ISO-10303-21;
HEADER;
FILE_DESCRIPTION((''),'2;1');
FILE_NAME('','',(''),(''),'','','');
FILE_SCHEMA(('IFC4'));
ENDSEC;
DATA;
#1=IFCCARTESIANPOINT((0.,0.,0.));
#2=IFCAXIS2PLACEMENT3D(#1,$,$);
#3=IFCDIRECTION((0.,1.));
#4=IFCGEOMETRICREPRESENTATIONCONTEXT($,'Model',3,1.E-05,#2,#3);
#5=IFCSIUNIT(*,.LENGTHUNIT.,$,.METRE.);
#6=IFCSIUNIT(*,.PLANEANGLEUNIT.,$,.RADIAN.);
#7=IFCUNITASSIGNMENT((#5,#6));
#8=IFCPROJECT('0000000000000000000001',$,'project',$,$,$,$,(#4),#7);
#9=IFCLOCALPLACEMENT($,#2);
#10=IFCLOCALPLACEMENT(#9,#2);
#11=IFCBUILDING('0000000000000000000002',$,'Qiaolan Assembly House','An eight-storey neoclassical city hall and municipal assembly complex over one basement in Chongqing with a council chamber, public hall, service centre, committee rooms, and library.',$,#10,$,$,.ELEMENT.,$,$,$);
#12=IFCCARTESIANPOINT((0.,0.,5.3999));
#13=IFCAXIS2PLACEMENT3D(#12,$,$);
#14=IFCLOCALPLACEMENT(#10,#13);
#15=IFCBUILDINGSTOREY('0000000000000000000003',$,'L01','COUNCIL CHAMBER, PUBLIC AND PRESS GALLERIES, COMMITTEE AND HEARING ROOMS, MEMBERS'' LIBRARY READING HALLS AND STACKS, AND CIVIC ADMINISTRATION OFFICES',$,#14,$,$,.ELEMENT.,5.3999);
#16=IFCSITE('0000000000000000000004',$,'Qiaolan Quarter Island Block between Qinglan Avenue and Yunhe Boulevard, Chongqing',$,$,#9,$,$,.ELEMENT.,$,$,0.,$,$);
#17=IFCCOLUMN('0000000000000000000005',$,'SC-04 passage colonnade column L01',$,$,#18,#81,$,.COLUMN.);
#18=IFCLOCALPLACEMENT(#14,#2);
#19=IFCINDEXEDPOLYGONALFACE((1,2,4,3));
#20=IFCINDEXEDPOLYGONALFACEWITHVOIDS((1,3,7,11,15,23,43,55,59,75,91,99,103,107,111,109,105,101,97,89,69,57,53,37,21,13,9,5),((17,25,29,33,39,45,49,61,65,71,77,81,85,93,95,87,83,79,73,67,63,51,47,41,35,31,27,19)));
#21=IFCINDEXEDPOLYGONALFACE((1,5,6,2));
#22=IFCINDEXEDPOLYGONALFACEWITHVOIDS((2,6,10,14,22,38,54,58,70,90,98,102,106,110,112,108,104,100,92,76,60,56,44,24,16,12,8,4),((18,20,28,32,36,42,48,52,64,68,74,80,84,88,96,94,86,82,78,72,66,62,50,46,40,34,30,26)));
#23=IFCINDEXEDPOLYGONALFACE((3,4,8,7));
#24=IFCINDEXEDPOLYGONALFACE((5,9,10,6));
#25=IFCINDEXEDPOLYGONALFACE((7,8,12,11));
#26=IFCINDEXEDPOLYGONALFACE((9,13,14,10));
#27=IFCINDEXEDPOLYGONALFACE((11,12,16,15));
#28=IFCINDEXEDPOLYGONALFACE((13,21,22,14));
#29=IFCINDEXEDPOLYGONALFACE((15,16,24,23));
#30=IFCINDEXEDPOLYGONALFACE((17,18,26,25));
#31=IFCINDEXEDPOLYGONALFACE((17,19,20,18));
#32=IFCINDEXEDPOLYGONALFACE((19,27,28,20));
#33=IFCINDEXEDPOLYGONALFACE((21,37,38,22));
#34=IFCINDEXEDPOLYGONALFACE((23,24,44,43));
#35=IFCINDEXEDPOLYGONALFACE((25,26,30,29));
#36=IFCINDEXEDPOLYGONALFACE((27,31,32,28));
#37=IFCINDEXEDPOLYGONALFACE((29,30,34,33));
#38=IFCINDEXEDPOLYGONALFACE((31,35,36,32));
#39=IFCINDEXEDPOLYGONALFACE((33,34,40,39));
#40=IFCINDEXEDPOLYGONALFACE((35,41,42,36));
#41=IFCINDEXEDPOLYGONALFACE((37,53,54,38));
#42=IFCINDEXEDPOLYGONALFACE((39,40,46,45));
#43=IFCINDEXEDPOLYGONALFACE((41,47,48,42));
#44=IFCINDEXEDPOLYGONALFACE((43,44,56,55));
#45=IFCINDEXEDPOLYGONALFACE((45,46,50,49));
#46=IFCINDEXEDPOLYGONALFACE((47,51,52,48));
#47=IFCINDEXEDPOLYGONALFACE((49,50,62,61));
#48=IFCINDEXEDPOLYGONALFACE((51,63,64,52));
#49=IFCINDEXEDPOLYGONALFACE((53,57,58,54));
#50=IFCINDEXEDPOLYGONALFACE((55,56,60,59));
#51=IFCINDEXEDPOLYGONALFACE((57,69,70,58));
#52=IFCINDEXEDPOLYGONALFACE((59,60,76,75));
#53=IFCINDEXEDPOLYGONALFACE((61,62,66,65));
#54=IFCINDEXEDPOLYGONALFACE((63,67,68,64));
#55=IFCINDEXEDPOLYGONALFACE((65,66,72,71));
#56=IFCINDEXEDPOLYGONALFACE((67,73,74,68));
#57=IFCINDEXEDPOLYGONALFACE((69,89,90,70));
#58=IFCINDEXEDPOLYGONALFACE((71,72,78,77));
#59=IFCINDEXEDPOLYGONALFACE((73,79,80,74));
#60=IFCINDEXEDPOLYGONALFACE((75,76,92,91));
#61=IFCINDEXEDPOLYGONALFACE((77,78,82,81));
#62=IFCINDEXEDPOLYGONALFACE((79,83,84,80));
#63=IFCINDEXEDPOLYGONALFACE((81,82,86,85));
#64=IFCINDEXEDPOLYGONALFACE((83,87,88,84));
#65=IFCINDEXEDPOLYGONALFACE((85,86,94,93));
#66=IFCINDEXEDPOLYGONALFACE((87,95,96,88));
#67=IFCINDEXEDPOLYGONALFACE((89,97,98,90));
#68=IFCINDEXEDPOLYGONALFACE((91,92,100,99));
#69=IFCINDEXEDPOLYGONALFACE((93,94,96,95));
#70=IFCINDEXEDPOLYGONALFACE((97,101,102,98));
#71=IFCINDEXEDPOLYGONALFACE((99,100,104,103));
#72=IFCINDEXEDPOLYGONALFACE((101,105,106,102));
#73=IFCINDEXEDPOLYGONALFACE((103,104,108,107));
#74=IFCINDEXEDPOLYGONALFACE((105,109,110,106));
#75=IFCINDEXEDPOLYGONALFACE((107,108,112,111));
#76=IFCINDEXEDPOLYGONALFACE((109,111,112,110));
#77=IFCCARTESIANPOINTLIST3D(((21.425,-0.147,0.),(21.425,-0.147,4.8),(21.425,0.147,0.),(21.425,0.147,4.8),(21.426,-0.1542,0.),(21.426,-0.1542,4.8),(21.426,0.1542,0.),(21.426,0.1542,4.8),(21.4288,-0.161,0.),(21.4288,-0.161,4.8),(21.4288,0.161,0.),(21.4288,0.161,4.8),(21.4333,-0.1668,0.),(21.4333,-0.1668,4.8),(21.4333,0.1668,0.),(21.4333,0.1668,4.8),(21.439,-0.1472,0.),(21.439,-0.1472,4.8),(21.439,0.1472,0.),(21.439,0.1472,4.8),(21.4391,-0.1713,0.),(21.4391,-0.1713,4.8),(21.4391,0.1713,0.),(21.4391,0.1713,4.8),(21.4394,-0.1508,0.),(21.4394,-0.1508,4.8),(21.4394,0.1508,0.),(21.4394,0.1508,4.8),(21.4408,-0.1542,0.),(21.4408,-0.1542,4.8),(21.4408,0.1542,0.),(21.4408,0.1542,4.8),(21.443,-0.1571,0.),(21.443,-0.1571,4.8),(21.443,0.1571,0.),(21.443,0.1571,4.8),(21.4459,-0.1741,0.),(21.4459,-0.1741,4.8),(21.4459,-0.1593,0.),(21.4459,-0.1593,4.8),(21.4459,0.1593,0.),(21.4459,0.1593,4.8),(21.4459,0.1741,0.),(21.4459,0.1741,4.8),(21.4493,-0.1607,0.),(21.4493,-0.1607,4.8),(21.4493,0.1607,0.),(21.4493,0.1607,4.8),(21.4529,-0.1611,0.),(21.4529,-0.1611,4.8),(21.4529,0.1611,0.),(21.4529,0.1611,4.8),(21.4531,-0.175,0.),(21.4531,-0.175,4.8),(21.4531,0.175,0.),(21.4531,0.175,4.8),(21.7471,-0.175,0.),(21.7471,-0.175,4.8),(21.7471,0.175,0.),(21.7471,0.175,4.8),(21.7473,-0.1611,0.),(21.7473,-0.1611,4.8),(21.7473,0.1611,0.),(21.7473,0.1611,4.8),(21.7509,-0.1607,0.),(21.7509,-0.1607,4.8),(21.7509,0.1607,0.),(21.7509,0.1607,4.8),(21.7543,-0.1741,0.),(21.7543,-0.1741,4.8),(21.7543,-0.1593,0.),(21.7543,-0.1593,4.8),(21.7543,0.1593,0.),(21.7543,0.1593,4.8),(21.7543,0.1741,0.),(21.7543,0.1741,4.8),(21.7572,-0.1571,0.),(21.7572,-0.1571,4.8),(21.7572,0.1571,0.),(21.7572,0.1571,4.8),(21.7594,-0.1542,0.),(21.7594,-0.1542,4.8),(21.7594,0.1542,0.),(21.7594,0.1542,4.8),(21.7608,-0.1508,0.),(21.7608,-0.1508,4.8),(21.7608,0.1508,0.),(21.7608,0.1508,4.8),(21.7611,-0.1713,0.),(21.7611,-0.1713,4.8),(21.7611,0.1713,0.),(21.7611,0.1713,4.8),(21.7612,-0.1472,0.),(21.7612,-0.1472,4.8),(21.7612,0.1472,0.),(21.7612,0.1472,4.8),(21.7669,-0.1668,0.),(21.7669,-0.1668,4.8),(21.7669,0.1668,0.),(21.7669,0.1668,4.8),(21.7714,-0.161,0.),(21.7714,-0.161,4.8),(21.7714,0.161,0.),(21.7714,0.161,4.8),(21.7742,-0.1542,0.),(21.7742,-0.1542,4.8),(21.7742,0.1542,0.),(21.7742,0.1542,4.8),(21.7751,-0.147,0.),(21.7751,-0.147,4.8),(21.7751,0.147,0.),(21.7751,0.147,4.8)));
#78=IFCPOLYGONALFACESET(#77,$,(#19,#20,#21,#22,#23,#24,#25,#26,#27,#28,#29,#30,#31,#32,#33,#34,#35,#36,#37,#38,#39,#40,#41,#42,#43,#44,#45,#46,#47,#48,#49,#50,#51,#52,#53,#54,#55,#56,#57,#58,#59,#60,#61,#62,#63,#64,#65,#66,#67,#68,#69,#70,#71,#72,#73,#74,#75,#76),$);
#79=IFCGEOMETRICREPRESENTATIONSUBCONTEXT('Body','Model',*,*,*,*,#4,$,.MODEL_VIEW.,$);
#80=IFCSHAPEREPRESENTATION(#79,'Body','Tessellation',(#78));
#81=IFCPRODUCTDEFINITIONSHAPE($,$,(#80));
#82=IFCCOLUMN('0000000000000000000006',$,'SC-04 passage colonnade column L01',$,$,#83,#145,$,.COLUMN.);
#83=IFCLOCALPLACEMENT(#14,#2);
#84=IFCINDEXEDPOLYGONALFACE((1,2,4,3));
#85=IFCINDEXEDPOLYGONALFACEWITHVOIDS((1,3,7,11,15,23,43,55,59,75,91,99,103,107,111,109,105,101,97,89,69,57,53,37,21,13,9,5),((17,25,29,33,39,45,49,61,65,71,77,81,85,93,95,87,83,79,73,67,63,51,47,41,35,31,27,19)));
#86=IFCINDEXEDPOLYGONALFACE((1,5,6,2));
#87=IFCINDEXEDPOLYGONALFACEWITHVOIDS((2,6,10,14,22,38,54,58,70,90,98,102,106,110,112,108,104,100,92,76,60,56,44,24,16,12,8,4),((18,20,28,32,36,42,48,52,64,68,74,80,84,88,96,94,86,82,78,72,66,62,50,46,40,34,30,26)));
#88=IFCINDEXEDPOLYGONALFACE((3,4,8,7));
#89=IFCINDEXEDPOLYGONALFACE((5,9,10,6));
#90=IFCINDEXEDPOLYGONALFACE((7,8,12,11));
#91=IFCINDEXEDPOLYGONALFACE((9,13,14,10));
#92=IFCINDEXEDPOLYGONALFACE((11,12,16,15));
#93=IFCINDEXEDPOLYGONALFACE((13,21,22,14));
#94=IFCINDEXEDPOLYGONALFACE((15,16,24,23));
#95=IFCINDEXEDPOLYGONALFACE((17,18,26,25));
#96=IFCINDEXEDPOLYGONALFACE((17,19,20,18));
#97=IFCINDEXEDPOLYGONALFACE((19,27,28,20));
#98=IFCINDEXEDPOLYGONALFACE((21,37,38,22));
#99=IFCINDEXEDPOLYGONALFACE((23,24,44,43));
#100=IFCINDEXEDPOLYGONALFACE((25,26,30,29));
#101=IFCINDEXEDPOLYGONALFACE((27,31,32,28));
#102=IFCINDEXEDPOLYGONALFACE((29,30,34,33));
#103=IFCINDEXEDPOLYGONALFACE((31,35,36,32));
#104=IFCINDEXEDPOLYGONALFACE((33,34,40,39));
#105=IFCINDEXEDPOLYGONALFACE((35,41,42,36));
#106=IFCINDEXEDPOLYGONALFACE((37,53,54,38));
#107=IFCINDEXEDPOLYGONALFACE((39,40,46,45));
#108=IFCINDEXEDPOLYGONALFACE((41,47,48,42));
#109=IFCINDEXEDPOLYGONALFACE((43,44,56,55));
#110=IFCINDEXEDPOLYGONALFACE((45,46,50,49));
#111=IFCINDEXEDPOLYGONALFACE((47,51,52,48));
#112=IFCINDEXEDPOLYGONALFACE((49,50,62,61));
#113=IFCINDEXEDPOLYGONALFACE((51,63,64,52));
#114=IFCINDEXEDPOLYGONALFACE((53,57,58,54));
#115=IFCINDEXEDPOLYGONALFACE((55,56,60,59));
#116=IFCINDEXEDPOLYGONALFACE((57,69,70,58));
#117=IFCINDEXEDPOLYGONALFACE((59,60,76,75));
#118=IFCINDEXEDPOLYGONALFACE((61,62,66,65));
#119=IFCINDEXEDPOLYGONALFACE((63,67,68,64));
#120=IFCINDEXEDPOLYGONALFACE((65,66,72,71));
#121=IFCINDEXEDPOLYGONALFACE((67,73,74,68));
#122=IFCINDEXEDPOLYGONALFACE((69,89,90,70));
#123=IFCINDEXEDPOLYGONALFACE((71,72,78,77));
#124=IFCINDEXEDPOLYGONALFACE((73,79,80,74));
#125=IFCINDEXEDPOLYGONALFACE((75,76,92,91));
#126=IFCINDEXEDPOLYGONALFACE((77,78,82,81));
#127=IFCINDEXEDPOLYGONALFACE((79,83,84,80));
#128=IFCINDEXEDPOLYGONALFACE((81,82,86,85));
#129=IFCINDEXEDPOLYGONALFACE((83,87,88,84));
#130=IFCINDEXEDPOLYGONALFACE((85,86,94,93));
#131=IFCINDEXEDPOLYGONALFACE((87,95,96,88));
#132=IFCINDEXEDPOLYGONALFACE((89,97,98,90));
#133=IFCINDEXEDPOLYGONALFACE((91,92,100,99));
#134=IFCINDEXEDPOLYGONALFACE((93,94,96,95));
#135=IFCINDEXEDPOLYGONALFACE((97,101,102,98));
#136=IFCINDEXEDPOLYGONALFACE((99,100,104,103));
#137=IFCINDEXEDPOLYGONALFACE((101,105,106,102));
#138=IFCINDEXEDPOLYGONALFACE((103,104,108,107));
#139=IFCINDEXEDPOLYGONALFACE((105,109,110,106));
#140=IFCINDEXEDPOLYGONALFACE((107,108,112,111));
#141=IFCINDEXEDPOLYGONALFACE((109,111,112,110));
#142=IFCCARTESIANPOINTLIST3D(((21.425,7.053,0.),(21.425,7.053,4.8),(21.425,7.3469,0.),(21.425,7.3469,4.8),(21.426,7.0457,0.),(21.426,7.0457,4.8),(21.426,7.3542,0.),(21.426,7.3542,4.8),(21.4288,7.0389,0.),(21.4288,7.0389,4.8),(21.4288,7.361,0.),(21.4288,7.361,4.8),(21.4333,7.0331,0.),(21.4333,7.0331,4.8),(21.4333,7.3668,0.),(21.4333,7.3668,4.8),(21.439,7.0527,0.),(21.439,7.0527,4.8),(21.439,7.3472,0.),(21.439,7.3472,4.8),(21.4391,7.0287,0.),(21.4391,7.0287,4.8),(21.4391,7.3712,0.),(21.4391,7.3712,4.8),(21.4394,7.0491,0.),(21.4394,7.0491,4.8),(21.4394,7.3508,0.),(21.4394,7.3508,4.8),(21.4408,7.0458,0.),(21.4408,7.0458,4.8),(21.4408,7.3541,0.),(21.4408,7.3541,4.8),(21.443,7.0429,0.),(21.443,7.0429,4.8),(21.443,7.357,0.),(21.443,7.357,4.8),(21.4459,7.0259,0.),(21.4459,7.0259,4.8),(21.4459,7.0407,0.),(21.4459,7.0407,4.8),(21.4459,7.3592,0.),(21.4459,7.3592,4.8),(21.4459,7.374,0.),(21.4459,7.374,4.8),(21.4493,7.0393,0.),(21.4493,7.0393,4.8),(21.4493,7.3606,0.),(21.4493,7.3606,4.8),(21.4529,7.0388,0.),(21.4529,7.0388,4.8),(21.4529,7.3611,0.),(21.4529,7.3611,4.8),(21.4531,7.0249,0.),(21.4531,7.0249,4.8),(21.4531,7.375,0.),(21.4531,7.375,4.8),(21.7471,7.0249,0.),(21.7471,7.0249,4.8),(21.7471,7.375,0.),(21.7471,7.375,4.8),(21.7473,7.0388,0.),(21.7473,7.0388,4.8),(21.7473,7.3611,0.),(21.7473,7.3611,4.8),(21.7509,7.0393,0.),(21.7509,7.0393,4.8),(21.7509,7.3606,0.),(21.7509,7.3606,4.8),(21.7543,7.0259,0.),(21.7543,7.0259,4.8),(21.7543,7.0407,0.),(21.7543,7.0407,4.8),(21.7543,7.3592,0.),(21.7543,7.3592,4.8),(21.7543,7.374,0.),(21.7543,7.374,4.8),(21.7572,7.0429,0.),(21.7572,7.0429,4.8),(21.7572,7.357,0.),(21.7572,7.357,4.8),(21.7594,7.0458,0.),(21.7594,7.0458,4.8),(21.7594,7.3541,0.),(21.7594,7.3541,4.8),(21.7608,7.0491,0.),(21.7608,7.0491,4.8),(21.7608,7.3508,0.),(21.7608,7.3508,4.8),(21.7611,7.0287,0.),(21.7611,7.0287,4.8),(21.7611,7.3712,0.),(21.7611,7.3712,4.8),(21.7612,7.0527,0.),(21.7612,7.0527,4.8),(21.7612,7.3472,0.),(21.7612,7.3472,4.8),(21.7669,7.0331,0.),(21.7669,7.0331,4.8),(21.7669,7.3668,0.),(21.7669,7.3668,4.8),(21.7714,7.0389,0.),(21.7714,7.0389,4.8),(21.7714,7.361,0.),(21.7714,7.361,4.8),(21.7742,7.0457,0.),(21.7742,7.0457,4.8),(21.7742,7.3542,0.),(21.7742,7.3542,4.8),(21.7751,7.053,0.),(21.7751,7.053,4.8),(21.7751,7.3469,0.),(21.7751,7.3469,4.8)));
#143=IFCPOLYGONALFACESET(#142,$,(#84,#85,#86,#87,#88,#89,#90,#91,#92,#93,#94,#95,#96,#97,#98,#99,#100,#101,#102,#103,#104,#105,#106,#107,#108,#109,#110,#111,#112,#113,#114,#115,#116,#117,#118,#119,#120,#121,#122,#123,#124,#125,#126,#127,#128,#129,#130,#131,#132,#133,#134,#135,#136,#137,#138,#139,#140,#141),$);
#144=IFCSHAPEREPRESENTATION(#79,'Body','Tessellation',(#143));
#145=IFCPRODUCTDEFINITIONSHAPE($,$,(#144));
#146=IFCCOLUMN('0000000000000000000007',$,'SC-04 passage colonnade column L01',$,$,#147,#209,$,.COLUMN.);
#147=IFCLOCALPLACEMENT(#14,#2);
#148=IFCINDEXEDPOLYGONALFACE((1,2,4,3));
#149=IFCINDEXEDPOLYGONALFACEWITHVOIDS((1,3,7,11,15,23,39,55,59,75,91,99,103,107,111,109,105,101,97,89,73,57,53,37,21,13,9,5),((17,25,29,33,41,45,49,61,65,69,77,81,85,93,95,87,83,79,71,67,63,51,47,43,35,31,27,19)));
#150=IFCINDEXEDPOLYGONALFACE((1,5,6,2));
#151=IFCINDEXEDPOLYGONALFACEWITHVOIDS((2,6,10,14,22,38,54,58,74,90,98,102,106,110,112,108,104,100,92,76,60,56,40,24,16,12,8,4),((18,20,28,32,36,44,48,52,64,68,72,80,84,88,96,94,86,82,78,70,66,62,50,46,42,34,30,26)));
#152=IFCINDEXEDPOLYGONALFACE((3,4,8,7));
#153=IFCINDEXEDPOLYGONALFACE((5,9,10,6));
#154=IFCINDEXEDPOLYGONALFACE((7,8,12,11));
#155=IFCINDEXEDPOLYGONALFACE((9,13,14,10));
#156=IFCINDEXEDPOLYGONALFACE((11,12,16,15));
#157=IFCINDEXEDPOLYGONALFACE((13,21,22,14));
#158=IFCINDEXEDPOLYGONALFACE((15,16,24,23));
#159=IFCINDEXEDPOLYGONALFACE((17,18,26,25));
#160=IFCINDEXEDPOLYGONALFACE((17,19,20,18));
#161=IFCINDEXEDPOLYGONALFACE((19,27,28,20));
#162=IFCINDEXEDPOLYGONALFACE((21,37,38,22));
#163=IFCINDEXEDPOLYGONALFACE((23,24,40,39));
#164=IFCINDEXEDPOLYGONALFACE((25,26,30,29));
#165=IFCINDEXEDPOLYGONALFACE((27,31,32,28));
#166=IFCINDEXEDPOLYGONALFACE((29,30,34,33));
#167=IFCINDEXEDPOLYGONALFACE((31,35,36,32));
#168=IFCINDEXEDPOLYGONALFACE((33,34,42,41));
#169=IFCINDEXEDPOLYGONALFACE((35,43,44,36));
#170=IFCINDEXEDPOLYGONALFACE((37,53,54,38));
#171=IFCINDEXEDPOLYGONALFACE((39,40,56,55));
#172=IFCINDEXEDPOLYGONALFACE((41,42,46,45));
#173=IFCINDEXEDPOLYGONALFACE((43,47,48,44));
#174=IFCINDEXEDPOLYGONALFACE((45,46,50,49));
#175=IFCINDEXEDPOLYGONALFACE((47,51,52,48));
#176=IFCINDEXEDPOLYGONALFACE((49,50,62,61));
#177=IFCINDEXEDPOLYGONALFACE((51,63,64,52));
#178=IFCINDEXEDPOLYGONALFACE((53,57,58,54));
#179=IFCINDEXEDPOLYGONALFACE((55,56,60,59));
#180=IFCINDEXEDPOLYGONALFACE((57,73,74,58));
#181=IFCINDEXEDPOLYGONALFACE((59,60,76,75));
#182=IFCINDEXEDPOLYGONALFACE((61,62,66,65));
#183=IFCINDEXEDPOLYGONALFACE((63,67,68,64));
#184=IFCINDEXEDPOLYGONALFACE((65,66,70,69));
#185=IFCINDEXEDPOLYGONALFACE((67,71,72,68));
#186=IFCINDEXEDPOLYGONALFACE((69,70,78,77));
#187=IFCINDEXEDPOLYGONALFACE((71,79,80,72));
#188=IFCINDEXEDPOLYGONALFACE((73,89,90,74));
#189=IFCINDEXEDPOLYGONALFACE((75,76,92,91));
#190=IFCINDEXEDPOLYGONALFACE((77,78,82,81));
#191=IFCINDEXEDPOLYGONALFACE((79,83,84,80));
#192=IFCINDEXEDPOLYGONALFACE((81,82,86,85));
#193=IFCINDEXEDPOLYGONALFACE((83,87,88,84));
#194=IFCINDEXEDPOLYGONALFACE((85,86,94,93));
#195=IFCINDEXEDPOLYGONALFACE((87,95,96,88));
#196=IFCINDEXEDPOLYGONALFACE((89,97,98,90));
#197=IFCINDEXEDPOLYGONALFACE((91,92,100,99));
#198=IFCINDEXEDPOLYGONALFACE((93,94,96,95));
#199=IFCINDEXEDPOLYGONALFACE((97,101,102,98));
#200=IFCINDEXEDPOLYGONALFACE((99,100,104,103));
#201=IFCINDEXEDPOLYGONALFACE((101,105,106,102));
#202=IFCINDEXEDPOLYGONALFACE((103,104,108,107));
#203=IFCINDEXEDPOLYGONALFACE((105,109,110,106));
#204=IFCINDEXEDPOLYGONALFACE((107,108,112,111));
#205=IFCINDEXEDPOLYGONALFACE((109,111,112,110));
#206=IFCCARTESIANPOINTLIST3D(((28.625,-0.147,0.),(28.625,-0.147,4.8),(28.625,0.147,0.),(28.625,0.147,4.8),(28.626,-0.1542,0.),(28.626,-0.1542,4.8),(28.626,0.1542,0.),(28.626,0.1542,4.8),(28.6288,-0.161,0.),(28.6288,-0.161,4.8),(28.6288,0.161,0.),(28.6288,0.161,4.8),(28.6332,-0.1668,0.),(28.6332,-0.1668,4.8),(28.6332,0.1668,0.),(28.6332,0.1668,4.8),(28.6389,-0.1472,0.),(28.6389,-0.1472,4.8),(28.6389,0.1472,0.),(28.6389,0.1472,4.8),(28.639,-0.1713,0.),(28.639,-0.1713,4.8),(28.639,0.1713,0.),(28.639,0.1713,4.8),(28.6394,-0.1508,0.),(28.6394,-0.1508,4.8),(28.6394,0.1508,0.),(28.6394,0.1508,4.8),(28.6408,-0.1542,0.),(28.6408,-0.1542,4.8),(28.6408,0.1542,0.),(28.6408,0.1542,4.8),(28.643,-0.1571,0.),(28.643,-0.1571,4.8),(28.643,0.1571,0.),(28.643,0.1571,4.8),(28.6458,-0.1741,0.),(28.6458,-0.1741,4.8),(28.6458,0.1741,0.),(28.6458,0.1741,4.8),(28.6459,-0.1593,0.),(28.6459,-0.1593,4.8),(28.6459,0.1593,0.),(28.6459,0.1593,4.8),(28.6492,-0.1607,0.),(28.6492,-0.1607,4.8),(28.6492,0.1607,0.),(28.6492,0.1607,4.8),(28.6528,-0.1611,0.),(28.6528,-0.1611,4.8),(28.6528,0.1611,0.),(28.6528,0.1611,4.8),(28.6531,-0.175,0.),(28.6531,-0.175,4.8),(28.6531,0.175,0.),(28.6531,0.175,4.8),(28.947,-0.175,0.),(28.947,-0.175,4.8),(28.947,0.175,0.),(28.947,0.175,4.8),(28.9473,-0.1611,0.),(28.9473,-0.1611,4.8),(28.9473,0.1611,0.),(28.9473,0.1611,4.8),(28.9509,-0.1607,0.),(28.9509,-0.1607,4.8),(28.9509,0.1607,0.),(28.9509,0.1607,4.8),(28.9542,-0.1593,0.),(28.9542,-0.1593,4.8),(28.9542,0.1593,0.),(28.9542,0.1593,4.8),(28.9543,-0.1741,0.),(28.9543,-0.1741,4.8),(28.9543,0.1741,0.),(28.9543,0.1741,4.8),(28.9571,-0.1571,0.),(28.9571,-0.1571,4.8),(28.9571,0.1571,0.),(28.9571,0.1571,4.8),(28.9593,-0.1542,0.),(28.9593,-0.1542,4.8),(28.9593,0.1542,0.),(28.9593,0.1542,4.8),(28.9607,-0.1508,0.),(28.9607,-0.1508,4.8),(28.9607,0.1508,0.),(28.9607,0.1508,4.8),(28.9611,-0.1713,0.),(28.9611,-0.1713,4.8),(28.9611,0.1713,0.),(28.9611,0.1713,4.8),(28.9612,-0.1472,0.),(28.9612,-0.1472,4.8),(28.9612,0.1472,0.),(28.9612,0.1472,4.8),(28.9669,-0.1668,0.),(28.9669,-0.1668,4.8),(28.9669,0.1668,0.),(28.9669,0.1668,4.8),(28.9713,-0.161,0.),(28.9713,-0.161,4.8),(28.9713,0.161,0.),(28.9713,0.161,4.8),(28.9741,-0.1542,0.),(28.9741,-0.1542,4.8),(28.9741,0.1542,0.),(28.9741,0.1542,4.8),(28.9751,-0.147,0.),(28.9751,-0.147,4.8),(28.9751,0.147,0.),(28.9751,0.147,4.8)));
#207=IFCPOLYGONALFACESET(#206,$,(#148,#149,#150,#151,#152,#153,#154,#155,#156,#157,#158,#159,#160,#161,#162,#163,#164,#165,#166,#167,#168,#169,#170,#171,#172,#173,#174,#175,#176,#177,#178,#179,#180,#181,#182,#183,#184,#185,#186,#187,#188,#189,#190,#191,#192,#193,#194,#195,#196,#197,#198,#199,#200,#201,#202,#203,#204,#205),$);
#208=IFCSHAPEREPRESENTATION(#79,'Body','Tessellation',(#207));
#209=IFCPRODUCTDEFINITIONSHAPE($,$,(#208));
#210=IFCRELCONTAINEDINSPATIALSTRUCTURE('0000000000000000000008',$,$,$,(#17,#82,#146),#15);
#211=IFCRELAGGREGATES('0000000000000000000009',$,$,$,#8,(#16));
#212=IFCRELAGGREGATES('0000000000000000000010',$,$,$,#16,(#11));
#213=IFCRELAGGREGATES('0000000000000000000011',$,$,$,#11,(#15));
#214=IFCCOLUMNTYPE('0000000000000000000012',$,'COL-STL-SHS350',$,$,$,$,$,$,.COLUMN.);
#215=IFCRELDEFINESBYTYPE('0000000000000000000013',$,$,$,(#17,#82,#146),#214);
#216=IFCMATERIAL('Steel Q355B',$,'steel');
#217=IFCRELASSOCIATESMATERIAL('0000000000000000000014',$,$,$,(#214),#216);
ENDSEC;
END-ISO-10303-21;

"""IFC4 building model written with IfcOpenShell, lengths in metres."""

from ifc_helpers import new_model, si_unit, direction, frame, origin, origin_2d, place, context, subcontext, project, spatial, hollow_rectangle, extrude, material, material_profile, profile_set, type_object, element, save


model = new_model("IFC4")

# Units and contexts
model_context = context("Model", 3, precision=1e-05, world=origin(), true_north=direction((0.0, 1.0)))
body_context = subcontext(model_context, "Body", "Model", "MODEL_VIEW")
ifc_project = project(units=[si_unit("LENGTHUNIT", "METRE"), si_unit("PLANEANGLEUNIT", "RADIAN")], contexts=[model_context])

# Site, building, storey
site_placement = place(None, origin())
site = spatial("IfcSite", under=ifc_project, at=site_placement, Name="Qiaolan Quarter Island Block between Qinglan Avenue and Yunhe Boulevard, Chongqing", CompositionType="ELEMENT", RefElevation=0.0)
building_placement = place(site_placement, origin())
building = spatial("IfcBuilding", under=site, at=building_placement, Name="Qiaolan Assembly House", Description="An eight-storey neoclassical city hall and municipal assembly complex over one basement in Chongqing with a council chamber, public hall, service centre, committee rooms, and library.", CompositionType="ELEMENT")
storey_placement = place(building_placement, frame((0.0, 0.0, 5.3999)))
storey = spatial("IfcBuildingStorey", under=building, at=storey_placement, Name="L01", Description="COUNCIL CHAMBER, PUBLIC AND PRESS GALLERIES, COMMITTEE AND HEARING ROOMS, MEMBERS' LIBRARY READING HALLS AND STACKS, AND CIVIC ADMINISTRATION OFFICES", CompositionType="ELEMENT", Elevation=5.3999)

# Columns
ifc_material_1 = material(Name="Steel Q355B", Category="steel")
ifc_material_profile = material_profile(ifc_material_1, hollow_rectangle(XDim=0.3501, YDim=0.3501, WallThickness=0.0139, InnerFilletRadius=0.0139, OuterFilletRadius=0.0281, at=origin_2d()), Name="SHS 350x350x14")
ifc_profile_set = profile_set([ifc_material_profile], Name="Steel Q355B")
column_type = type_object("IfcColumnType", Name="COL-STL-SHS350", PredefinedType="COLUMN", material=ifc_profile_set)
for number, where, z_axis, x_axis, name in (
    (1, (21.6001, 0.0, 0.0), (0.0, 0.0, 1.0), (1.0, 0.0, 0.0), "SC-04 passage colonnade column L01"),
    (2, (21.6001, 7.2, 0.0), (0.0, 0.0, 1.0), (1.0, 0.0, 0.0), "SC-04 passage colonnade column L01"),
    (3, (28.8, 0.0, 0.0), (0.0, 0.0, 1.0), (1.0, 0.0, 0.0), "SC-04 passage colonnade column L01"),
):
    element("IfcColumn", number, at=place(storey_placement, frame(where, z_axis=z_axis, x_axis=x_axis)), inside=storey, type_object=column_type, Name=name, PredefinedType="COLUMN", context=body_context, shape_type="SweptSolid", body=[
        extrude(hollow_rectangle(XDim=0.3501, YDim=0.3501, WallThickness=0.0139, InnerFilletRadius=0.0139, OuterFilletRadius=0.0281, at=origin_2d()), origin(), (0.0, 0.0, 1.0), 4.8),
    ])

save(model, "model.ifc")
